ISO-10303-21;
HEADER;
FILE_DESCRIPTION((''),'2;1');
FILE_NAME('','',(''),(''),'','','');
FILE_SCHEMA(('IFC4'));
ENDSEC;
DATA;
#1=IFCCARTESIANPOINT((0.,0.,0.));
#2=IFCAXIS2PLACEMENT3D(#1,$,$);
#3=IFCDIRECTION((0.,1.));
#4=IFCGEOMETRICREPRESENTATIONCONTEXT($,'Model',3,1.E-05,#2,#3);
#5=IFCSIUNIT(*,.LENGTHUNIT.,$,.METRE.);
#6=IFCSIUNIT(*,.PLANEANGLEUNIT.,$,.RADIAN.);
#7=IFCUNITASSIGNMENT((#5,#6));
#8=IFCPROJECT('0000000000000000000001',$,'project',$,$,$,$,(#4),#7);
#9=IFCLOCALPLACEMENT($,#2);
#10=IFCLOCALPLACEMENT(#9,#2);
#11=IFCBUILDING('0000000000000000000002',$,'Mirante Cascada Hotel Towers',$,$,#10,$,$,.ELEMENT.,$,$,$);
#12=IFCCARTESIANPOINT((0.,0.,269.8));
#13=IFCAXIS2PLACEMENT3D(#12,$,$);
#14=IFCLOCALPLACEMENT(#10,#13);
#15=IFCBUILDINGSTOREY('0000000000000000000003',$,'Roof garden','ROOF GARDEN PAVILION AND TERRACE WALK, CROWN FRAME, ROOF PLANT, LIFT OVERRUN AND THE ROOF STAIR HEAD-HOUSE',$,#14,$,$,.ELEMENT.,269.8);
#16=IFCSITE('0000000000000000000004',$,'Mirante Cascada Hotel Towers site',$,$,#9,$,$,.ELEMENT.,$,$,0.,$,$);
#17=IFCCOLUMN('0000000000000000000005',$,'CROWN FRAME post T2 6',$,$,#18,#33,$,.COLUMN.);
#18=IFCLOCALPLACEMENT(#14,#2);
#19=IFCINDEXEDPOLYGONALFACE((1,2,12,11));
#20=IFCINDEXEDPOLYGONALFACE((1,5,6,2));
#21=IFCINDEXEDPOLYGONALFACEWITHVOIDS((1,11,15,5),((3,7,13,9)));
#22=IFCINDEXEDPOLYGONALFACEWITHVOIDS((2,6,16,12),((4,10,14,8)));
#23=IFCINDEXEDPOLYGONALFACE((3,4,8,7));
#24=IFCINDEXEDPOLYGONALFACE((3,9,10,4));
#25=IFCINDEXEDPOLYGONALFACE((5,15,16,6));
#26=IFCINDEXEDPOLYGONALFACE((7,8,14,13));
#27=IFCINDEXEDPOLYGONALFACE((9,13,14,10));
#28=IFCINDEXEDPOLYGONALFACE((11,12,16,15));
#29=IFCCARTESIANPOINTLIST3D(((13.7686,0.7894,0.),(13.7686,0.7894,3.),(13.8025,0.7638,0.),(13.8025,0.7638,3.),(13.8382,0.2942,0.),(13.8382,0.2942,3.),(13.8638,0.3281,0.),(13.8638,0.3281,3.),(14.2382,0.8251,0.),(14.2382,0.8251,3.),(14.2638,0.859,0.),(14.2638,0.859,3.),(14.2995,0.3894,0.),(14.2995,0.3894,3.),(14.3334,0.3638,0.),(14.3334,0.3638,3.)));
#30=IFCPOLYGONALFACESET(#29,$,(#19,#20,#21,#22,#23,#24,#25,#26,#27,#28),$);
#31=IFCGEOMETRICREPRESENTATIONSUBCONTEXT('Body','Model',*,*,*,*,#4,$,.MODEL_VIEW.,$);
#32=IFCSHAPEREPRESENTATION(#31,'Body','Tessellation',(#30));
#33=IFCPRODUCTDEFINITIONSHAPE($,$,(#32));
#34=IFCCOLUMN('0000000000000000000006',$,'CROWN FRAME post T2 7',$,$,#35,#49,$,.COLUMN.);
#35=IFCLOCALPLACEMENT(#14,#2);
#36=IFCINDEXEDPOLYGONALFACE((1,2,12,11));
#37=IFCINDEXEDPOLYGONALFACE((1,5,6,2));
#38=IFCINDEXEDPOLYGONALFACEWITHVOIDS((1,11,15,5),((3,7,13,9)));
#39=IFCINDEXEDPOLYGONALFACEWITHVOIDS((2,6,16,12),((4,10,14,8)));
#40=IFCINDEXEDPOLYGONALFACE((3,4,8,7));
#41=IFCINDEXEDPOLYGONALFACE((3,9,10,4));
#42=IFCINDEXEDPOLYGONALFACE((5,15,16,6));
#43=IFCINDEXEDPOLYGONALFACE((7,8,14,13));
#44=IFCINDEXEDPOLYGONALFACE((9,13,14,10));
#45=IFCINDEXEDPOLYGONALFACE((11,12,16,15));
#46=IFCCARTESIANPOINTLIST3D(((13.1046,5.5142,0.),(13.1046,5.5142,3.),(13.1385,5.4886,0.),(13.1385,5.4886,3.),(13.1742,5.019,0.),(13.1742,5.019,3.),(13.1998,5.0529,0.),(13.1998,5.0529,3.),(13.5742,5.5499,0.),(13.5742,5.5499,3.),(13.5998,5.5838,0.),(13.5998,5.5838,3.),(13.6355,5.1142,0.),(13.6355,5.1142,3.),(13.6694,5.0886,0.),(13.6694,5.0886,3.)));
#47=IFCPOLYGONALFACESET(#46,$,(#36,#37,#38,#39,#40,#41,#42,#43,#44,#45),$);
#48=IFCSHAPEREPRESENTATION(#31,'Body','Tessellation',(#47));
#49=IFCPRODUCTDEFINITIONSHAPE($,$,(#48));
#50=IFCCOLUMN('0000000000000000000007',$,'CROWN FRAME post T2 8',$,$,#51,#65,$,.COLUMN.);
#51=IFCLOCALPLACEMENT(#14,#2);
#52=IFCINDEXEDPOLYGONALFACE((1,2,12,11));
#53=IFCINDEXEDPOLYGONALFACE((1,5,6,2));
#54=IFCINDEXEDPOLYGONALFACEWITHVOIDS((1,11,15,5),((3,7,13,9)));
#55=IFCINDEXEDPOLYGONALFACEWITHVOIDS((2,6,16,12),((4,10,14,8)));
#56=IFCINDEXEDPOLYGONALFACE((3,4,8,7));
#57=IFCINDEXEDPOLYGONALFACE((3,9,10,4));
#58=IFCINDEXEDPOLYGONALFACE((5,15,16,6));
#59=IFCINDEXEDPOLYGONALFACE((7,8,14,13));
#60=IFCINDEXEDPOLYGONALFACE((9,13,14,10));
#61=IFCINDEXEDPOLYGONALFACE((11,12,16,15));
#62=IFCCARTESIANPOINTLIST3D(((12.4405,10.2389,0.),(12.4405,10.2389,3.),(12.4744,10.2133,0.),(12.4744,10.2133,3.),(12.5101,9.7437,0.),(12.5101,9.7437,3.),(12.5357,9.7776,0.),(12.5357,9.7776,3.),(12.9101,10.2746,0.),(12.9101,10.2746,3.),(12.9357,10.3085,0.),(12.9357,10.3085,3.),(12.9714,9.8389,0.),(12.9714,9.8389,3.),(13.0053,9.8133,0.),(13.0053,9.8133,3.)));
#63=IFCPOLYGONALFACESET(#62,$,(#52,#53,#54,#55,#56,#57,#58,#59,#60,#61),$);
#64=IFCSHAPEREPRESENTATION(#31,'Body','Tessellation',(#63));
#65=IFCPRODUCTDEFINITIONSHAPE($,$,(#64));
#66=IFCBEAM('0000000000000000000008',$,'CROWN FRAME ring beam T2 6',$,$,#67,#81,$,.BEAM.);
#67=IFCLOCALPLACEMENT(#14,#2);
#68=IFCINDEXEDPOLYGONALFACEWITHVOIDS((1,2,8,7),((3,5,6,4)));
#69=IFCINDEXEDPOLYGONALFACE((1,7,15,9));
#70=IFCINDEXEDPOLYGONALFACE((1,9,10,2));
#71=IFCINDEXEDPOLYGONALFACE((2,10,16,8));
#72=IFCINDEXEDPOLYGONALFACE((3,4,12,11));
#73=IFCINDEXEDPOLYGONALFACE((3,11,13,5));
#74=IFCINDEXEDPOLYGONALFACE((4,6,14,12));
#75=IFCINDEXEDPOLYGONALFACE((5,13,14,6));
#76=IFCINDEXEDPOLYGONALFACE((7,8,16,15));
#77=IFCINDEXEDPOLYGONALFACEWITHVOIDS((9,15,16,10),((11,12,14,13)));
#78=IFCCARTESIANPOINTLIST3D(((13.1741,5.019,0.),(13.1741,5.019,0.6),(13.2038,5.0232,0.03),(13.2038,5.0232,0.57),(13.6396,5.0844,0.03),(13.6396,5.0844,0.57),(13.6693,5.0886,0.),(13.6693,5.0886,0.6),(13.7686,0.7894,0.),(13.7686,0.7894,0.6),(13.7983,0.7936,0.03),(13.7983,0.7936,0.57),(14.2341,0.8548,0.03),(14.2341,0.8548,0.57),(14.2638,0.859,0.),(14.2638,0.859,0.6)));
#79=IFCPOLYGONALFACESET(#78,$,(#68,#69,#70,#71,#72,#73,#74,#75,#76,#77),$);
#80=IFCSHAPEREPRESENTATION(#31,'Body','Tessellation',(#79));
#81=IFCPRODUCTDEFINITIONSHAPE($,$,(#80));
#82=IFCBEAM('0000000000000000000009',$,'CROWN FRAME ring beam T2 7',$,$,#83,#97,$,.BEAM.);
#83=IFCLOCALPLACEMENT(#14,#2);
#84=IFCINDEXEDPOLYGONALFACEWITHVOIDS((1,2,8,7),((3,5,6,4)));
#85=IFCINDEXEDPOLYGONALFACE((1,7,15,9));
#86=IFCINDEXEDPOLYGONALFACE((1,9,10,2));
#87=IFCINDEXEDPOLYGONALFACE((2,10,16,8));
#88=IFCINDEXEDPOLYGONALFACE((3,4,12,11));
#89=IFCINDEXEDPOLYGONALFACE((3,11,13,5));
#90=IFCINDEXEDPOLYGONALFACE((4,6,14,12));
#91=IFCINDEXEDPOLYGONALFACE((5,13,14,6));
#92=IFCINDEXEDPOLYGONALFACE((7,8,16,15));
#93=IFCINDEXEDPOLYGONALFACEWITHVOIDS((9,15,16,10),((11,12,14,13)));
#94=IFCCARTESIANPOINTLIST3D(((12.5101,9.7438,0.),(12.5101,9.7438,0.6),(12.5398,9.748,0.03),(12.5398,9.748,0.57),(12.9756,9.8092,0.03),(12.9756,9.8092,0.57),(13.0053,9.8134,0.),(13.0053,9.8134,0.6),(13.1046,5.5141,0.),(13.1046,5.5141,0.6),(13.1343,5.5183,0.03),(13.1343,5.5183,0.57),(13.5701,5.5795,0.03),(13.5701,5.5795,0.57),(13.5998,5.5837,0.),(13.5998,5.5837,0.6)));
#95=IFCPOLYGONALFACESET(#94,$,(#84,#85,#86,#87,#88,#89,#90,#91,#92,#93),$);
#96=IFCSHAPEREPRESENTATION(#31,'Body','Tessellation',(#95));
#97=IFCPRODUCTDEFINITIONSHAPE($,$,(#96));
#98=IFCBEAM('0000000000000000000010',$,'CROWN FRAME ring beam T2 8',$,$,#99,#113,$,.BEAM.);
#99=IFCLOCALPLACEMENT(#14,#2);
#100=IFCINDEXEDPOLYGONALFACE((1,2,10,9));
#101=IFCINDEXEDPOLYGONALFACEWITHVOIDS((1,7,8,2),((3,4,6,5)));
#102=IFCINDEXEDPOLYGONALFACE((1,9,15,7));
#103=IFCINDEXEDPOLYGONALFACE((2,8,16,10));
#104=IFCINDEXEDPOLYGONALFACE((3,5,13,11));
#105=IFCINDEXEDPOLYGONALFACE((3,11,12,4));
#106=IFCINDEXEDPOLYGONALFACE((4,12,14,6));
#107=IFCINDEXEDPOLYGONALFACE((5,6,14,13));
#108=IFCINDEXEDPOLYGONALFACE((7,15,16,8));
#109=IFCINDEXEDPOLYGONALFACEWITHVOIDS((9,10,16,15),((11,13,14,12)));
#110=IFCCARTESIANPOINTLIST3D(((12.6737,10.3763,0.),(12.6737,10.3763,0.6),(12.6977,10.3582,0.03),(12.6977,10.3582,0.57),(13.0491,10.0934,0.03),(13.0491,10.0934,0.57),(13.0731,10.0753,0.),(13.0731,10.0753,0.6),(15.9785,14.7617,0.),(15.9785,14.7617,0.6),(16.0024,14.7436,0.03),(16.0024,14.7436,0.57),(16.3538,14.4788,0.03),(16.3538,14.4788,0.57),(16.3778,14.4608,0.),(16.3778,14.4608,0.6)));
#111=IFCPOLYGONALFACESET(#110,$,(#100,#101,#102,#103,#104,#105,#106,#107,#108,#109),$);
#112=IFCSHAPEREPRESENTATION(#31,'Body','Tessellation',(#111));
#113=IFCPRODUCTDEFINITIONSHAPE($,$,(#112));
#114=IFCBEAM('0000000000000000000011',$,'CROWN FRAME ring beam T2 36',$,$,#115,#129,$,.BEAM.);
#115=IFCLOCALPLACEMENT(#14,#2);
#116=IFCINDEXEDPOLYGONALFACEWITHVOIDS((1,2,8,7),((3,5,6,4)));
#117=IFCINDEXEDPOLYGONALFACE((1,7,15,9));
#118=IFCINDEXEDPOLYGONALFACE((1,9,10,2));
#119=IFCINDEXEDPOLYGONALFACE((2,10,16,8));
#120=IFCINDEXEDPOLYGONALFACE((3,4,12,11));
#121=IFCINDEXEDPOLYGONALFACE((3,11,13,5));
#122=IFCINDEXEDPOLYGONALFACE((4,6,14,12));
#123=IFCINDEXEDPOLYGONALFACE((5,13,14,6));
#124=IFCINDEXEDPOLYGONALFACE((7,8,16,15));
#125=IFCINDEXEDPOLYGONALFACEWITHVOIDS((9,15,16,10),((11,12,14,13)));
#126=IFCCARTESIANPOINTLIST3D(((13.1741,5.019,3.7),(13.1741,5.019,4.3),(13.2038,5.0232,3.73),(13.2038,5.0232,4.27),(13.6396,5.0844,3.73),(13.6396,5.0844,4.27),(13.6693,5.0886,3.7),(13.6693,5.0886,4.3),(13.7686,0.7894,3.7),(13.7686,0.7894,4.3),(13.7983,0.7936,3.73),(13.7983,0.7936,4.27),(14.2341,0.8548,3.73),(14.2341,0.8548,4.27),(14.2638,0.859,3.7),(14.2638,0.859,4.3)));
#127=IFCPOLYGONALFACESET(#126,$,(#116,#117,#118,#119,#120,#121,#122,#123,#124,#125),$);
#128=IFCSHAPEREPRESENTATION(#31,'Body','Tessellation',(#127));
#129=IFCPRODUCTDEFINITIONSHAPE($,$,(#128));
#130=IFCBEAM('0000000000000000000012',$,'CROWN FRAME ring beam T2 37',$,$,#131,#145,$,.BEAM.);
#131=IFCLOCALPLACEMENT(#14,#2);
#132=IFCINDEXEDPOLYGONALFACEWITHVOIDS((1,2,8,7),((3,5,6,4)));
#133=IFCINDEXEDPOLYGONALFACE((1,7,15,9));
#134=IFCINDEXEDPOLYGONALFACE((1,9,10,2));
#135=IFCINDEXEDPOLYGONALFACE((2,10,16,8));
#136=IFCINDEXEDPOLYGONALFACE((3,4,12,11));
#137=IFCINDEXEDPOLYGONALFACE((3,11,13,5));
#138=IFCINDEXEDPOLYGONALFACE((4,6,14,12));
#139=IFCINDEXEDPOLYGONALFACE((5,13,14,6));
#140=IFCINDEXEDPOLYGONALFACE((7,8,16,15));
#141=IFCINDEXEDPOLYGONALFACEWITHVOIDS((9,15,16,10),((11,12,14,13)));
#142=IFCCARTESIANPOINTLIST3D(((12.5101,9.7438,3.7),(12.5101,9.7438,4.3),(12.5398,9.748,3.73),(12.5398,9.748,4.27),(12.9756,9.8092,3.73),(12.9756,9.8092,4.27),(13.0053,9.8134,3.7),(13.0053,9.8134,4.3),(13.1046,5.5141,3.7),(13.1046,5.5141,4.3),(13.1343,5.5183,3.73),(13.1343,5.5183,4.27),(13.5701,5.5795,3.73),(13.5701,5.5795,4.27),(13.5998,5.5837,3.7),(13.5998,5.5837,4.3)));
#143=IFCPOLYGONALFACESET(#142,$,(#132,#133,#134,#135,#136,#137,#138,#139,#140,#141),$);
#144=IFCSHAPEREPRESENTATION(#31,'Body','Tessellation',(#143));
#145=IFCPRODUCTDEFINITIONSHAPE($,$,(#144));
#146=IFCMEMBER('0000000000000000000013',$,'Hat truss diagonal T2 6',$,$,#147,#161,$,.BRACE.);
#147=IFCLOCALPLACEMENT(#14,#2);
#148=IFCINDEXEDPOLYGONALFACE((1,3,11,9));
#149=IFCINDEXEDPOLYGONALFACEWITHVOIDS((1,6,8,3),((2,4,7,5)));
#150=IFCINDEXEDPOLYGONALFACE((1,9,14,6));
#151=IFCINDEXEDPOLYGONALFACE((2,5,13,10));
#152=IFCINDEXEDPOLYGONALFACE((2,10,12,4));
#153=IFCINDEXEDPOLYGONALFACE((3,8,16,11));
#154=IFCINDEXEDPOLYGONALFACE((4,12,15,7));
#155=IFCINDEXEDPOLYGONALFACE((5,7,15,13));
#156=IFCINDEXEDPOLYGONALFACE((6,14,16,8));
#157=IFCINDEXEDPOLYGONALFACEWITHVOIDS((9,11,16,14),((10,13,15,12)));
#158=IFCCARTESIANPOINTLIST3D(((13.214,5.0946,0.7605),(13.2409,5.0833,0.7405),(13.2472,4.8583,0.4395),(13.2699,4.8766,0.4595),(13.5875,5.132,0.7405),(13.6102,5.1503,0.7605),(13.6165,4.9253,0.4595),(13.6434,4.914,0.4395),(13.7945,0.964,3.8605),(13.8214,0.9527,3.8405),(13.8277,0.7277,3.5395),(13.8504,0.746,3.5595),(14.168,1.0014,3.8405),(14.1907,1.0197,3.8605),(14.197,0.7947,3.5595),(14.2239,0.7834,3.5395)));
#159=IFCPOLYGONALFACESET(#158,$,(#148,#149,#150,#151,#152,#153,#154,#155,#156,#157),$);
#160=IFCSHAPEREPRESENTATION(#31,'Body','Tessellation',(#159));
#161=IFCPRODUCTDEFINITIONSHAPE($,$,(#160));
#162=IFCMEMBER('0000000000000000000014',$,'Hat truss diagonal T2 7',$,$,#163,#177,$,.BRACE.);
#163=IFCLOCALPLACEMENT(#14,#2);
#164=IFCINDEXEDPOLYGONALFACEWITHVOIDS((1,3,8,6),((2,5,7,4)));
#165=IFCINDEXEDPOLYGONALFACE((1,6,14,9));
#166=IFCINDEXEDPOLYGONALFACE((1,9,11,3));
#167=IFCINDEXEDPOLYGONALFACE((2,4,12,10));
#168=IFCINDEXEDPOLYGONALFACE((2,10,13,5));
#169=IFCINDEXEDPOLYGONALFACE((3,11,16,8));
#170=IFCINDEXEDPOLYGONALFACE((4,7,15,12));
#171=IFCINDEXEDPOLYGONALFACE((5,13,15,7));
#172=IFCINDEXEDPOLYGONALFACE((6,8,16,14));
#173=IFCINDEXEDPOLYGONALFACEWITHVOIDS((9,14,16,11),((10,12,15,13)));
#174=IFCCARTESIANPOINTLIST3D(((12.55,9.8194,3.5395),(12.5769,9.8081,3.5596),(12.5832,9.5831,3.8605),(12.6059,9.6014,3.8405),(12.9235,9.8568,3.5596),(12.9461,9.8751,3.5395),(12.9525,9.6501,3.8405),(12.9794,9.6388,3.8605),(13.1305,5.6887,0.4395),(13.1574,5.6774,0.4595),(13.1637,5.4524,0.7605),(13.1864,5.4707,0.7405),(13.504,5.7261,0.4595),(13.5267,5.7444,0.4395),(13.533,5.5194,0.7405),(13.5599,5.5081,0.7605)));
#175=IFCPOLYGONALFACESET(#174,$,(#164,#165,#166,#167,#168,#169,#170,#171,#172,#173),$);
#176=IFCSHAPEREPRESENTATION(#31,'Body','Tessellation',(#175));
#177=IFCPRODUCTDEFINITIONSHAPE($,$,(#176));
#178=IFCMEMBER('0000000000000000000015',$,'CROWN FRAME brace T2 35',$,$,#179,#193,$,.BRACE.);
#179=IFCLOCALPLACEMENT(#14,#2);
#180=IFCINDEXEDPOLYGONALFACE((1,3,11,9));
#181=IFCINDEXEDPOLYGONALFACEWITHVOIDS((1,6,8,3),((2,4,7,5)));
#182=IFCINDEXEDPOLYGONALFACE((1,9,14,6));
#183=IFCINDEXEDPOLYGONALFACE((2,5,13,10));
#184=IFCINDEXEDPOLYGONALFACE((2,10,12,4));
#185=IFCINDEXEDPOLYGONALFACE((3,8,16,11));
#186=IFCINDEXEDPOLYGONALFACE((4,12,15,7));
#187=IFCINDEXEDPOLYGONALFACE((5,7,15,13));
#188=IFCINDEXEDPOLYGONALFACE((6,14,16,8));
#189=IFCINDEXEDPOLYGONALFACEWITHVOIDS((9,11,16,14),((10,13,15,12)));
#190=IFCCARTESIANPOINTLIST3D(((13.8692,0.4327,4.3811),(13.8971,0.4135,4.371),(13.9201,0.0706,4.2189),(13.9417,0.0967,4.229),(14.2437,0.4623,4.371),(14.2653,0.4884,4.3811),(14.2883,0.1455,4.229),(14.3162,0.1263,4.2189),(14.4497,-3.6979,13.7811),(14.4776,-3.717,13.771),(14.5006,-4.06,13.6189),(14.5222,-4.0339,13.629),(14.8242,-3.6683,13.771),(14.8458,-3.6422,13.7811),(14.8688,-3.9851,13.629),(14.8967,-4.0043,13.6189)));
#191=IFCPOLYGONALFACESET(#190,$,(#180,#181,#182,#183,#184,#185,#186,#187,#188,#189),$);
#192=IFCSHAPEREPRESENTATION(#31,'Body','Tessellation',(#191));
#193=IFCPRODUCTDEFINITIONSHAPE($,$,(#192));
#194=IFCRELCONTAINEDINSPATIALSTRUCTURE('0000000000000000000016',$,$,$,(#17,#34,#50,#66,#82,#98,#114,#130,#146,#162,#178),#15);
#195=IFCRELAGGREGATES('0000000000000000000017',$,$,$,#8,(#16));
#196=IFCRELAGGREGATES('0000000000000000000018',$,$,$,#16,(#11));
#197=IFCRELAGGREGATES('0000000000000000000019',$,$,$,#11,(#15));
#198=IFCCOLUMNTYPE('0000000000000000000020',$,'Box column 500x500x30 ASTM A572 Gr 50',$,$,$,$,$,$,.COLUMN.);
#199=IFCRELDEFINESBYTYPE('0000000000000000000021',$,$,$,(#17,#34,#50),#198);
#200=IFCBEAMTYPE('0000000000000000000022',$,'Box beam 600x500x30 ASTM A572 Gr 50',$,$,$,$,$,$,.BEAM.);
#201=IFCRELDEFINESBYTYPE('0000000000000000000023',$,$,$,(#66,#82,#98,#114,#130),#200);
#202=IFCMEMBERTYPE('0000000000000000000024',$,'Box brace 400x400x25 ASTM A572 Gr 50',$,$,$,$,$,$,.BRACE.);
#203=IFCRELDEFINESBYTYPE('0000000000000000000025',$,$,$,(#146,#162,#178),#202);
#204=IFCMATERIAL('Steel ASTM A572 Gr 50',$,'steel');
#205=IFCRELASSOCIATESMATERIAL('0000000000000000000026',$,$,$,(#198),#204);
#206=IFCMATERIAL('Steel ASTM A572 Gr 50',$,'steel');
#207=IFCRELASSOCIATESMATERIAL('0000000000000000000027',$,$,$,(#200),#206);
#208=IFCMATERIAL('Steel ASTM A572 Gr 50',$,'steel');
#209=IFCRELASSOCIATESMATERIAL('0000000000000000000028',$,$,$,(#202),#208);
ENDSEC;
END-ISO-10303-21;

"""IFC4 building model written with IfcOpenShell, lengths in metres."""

from ifc_helpers import new_model, si_unit, direction, frame, origin, origin_2d, place, context, subcontext, project, spatial, hollow_rectangle, extrude, material, material_profile, profile_set, type_object, element, save


model = new_model("IFC4")

# Units and contexts
model_context = context("Model", 3, precision=1e-05, world=origin(), true_north=direction((0.0, 1.0)))
body_context = subcontext(model_context, "Body", "Model", "MODEL_VIEW")
ifc_project = project(units=[si_unit("LENGTHUNIT", "METRE"), si_unit("PLANEANGLEUNIT", "RADIAN")], contexts=[model_context])

# Site, building, storey
site_placement = place(None, origin())
site = spatial("IfcSite", under=ifc_project, at=site_placement, Name="Mirante Cascada Hotel Towers site", CompositionType="ELEMENT", RefElevation=0.0)
building_placement = place(site_placement, origin())
building = spatial("IfcBuilding", under=site, at=building_placement, Name="Mirante Cascada Hotel Towers", CompositionType="ELEMENT")
storey_placement = place(building_placement, frame((0.0, 0.0, 269.8)))
storey = spatial("IfcBuildingStorey", under=building, at=storey_placement, Name="Roof garden", Description="ROOF GARDEN PAVILION AND TERRACE WALK, CROWN FRAME, ROOF PLANT, LIFT OVERRUN AND THE ROOF STAIR HEAD-HOUSE", CompositionType="ELEMENT", Elevation=269.8)

# Columns
ifc_material_1 = material(Name="Steel ASTM A572 Gr 50", Category="steel")
ifc_material_profile_1 = material_profile(ifc_material_1, hollow_rectangle(XDim=0.5, YDim=0.5, WallThickness=0.03, at=origin_2d()), Name="Box column 500x500x30 ASTM A572 Gr 50")
ifc_profile_set_1 = profile_set([ifc_material_profile_1], Name="Steel ASTM A572 Gr 50")
column_type = type_object("IfcColumnType", Name="Box column 500x500x30 ASTM A572 Gr 50", PredefinedType="COLUMN", material=ifc_profile_set_1)
for number, where, z_axis, x_axis, name in (
    (1, (14.051, 0.5766, 0.0), (0.0, 0.0, 1.0), (0.990268, 0.139173, 0.0), "CROWN FRAME post T2 6"),
    (2, (13.387, 5.3014, 0.0), (0.0, 0.0, 1.0), (0.990268, 0.139173, 0.0), "CROWN FRAME post T2 7"),
    (3, (12.7229, 10.0261, 0.0), (0.0, 0.0, 1.0), (0.990268, 0.139173, 0.0), "CROWN FRAME post T2 8"),
):
    element("IfcColumn", number, at=place(storey_placement, frame(where, z_axis=z_axis, x_axis=x_axis)), inside=storey, type_object=column_type, Name=name, PredefinedType="COLUMN", context=body_context, shape_type="SweptSolid", body=[
        extrude(hollow_rectangle(XDim=0.5, YDim=0.5, WallThickness=0.03, at=origin_2d()), origin(), (0.0, 0.0, 1.0), 3.0),
    ])

# Beams
ifc_material_2 = material(Name="Steel ASTM A572 Gr 50", Category="steel")
ifc_material_profile_2 = material_profile(ifc_material_2, hollow_rectangle(XDim=0.5, YDim=0.6, WallThickness=0.03, at=origin_2d()), Name="Box beam 600x500x30 ASTM A572 Gr 50")
ifc_profile_set_2 = profile_set([ifc_material_profile_2], Name="Steel ASTM A572 Gr 50")
beam_type = type_object("IfcBeamType", Name="Box beam 600x500x30 ASTM A572 Gr 50", PredefinedType="BEAM", material=ifc_profile_set_2)
beam_1_placement = place(storey_placement, frame((14.0162, 0.8242, 0.3), z_axis=(-0.139189, 0.990266, 0.0), x_axis=(-0.990266, -0.139189, 0.0)))
element("IfcBeam", 4, at=beam_1_placement, inside=storey, type_object=beam_type, Name="CROWN FRAME ring beam T2 6", PredefinedType="BEAM", context=body_context, shape_type="SweptSolid", body=[
    extrude(hollow_rectangle(XDim=0.5, YDim=0.6, WallThickness=0.03, at=origin_2d()), origin(), (0.0, 0.0, 1.0), 4.2712),
])
beam_2_placement = place(storey_placement, frame((13.3522, 5.5489, 0.3), z_axis=(-0.139186, 0.990266, 0.0), x_axis=(-0.990266, -0.139186, 0.0)))
element("IfcBeam", 5, at=beam_2_placement, inside=storey, type_object=beam_type, Name="CROWN FRAME ring beam T2 7", PredefinedType="BEAM", context=body_context, shape_type="SweptSolid", body=[
    extrude(hollow_rectangle(XDim=0.5, YDim=0.6, WallThickness=0.03, at=origin_2d()), origin(), (0.0, 0.0, 1.0), 4.2713),
])
beam_3_placement = place(storey_placement, frame((12.8734, 10.2258, 0.3), z_axis=(0.601823, 0.79863, 0.0), x_axis=(-0.79863, 0.601823, 0.0)))
element("IfcBeam", 6, at=beam_3_placement, inside=storey, type_object=beam_type, Name="CROWN FRAME ring beam T2 8", PredefinedType="BEAM", context=body_context, shape_type="SweptSolid", body=[
    extrude(hollow_rectangle(XDim=0.5, YDim=0.6, WallThickness=0.03, at=origin_2d()), origin(), (0.0, 0.0, 1.0), 5.4912),
])
beam_4_placement = place(storey_placement, frame((14.0162, 0.8242, 4.0), z_axis=(-0.139189, 0.990266, 0.0), x_axis=(-0.990266, -0.139189, 0.0)))
element("IfcBeam", 7, at=beam_4_placement, inside=storey, type_object=beam_type, Name="CROWN FRAME ring beam T2 36", PredefinedType="BEAM", context=body_context, shape_type="SweptSolid", body=[
    extrude(hollow_rectangle(XDim=0.5, YDim=0.6, WallThickness=0.03, at=origin_2d()), origin(), (0.0, 0.0, 1.0), 4.2712),
])
beam_5_placement = place(storey_placement, frame((13.3522, 5.5489, 4.0), z_axis=(-0.139186, 0.990266, 0.0), x_axis=(-0.990266, -0.139186, 0.0)))
element("IfcBeam", 8, at=beam_5_placement, inside=storey, type_object=beam_type, Name="CROWN FRAME ring beam T2 37", PredefinedType="BEAM", context=body_context, shape_type="SweptSolid", body=[
    extrude(hollow_rectangle(XDim=0.5, YDim=0.6, WallThickness=0.03, at=origin_2d()), origin(), (0.0, 0.0, 1.0), 4.2713),
])

# Members
ifc_material_3 = material(Name="Steel ASTM A572 Gr 50", Category="steel")
ifc_material_profile_3 = material_profile(ifc_material_3, hollow_rectangle(XDim=0.4, YDim=0.4, WallThickness=0.025, at=origin_2d()), Name="Box brace 400x400x25 ASTM A572 Gr 50")
ifc_profile_set_3 = profile_set([ifc_material_profile_3], Name="Steel ASTM A572 Gr 50")
member_type = type_object("IfcMemberType", Name="Box brace 400x400x25 ASTM A572 Gr 50", PredefinedType="BRACE", material=ifc_profile_set_3)
member_1_placement = place(storey_placement, frame((13.4287, 5.0043, 0.6), z_axis=(0.111699, -0.794804, 0.596498), x_axis=(0.990269, 0.139169, 0.0)))
element("IfcMember", 9, at=member_1_placement, inside=storey, type_object=member_type, Name="Hat truss diagonal T2 6", PredefinedType="BRACE", context=body_context, shape_type="SweptSolid", body=[
    extrude(hollow_rectangle(XDim=0.4, YDim=0.4, WallThickness=0.025, at=origin_2d()), origin(), (0.0, 0.0, 1.0), 5.197),
])
member_2_placement = place(storey_placement, frame((13.3452, 5.5984, 0.6), z_axis=(-0.111697, 0.794811, 0.596489), x_axis=(-0.990269, -0.139166, 0.0)))
element("IfcMember", 10, at=member_2_placement, inside=storey, type_object=member_type, Name="Hat truss diagonal T2 7", PredefinedType="BRACE", context=body_context, shape_type="SweptSolid", body=[
    extrude(hollow_rectangle(XDim=0.4, YDim=0.4, WallThickness=0.025, at=origin_2d()), origin(), (0.0, 0.0, 1.0), 5.1971),
])
for number, where, z_axis, x_axis, name in (
    (11, (14.0927, 0.2795, 4.3), (0.056447, -0.401657, 0.914049), (0.990269, 0.139169, 0.0), "CROWN FRAME brace T2 35"),
):
    element("IfcMember", number, at=place(storey_placement, frame(where, z_axis=z_axis, x_axis=x_axis)), inside=storey, type_object=member_type, Name=name, PredefinedType="BRACE", context=body_context, shape_type="SweptSolid", body=[
        extrude(hollow_rectangle(XDim=0.4, YDim=0.4, WallThickness=0.025, at=origin_2d()), origin(), (0.0, 0.0, 1.0), 10.2839),
    ])

save(model, "model.ifc")
